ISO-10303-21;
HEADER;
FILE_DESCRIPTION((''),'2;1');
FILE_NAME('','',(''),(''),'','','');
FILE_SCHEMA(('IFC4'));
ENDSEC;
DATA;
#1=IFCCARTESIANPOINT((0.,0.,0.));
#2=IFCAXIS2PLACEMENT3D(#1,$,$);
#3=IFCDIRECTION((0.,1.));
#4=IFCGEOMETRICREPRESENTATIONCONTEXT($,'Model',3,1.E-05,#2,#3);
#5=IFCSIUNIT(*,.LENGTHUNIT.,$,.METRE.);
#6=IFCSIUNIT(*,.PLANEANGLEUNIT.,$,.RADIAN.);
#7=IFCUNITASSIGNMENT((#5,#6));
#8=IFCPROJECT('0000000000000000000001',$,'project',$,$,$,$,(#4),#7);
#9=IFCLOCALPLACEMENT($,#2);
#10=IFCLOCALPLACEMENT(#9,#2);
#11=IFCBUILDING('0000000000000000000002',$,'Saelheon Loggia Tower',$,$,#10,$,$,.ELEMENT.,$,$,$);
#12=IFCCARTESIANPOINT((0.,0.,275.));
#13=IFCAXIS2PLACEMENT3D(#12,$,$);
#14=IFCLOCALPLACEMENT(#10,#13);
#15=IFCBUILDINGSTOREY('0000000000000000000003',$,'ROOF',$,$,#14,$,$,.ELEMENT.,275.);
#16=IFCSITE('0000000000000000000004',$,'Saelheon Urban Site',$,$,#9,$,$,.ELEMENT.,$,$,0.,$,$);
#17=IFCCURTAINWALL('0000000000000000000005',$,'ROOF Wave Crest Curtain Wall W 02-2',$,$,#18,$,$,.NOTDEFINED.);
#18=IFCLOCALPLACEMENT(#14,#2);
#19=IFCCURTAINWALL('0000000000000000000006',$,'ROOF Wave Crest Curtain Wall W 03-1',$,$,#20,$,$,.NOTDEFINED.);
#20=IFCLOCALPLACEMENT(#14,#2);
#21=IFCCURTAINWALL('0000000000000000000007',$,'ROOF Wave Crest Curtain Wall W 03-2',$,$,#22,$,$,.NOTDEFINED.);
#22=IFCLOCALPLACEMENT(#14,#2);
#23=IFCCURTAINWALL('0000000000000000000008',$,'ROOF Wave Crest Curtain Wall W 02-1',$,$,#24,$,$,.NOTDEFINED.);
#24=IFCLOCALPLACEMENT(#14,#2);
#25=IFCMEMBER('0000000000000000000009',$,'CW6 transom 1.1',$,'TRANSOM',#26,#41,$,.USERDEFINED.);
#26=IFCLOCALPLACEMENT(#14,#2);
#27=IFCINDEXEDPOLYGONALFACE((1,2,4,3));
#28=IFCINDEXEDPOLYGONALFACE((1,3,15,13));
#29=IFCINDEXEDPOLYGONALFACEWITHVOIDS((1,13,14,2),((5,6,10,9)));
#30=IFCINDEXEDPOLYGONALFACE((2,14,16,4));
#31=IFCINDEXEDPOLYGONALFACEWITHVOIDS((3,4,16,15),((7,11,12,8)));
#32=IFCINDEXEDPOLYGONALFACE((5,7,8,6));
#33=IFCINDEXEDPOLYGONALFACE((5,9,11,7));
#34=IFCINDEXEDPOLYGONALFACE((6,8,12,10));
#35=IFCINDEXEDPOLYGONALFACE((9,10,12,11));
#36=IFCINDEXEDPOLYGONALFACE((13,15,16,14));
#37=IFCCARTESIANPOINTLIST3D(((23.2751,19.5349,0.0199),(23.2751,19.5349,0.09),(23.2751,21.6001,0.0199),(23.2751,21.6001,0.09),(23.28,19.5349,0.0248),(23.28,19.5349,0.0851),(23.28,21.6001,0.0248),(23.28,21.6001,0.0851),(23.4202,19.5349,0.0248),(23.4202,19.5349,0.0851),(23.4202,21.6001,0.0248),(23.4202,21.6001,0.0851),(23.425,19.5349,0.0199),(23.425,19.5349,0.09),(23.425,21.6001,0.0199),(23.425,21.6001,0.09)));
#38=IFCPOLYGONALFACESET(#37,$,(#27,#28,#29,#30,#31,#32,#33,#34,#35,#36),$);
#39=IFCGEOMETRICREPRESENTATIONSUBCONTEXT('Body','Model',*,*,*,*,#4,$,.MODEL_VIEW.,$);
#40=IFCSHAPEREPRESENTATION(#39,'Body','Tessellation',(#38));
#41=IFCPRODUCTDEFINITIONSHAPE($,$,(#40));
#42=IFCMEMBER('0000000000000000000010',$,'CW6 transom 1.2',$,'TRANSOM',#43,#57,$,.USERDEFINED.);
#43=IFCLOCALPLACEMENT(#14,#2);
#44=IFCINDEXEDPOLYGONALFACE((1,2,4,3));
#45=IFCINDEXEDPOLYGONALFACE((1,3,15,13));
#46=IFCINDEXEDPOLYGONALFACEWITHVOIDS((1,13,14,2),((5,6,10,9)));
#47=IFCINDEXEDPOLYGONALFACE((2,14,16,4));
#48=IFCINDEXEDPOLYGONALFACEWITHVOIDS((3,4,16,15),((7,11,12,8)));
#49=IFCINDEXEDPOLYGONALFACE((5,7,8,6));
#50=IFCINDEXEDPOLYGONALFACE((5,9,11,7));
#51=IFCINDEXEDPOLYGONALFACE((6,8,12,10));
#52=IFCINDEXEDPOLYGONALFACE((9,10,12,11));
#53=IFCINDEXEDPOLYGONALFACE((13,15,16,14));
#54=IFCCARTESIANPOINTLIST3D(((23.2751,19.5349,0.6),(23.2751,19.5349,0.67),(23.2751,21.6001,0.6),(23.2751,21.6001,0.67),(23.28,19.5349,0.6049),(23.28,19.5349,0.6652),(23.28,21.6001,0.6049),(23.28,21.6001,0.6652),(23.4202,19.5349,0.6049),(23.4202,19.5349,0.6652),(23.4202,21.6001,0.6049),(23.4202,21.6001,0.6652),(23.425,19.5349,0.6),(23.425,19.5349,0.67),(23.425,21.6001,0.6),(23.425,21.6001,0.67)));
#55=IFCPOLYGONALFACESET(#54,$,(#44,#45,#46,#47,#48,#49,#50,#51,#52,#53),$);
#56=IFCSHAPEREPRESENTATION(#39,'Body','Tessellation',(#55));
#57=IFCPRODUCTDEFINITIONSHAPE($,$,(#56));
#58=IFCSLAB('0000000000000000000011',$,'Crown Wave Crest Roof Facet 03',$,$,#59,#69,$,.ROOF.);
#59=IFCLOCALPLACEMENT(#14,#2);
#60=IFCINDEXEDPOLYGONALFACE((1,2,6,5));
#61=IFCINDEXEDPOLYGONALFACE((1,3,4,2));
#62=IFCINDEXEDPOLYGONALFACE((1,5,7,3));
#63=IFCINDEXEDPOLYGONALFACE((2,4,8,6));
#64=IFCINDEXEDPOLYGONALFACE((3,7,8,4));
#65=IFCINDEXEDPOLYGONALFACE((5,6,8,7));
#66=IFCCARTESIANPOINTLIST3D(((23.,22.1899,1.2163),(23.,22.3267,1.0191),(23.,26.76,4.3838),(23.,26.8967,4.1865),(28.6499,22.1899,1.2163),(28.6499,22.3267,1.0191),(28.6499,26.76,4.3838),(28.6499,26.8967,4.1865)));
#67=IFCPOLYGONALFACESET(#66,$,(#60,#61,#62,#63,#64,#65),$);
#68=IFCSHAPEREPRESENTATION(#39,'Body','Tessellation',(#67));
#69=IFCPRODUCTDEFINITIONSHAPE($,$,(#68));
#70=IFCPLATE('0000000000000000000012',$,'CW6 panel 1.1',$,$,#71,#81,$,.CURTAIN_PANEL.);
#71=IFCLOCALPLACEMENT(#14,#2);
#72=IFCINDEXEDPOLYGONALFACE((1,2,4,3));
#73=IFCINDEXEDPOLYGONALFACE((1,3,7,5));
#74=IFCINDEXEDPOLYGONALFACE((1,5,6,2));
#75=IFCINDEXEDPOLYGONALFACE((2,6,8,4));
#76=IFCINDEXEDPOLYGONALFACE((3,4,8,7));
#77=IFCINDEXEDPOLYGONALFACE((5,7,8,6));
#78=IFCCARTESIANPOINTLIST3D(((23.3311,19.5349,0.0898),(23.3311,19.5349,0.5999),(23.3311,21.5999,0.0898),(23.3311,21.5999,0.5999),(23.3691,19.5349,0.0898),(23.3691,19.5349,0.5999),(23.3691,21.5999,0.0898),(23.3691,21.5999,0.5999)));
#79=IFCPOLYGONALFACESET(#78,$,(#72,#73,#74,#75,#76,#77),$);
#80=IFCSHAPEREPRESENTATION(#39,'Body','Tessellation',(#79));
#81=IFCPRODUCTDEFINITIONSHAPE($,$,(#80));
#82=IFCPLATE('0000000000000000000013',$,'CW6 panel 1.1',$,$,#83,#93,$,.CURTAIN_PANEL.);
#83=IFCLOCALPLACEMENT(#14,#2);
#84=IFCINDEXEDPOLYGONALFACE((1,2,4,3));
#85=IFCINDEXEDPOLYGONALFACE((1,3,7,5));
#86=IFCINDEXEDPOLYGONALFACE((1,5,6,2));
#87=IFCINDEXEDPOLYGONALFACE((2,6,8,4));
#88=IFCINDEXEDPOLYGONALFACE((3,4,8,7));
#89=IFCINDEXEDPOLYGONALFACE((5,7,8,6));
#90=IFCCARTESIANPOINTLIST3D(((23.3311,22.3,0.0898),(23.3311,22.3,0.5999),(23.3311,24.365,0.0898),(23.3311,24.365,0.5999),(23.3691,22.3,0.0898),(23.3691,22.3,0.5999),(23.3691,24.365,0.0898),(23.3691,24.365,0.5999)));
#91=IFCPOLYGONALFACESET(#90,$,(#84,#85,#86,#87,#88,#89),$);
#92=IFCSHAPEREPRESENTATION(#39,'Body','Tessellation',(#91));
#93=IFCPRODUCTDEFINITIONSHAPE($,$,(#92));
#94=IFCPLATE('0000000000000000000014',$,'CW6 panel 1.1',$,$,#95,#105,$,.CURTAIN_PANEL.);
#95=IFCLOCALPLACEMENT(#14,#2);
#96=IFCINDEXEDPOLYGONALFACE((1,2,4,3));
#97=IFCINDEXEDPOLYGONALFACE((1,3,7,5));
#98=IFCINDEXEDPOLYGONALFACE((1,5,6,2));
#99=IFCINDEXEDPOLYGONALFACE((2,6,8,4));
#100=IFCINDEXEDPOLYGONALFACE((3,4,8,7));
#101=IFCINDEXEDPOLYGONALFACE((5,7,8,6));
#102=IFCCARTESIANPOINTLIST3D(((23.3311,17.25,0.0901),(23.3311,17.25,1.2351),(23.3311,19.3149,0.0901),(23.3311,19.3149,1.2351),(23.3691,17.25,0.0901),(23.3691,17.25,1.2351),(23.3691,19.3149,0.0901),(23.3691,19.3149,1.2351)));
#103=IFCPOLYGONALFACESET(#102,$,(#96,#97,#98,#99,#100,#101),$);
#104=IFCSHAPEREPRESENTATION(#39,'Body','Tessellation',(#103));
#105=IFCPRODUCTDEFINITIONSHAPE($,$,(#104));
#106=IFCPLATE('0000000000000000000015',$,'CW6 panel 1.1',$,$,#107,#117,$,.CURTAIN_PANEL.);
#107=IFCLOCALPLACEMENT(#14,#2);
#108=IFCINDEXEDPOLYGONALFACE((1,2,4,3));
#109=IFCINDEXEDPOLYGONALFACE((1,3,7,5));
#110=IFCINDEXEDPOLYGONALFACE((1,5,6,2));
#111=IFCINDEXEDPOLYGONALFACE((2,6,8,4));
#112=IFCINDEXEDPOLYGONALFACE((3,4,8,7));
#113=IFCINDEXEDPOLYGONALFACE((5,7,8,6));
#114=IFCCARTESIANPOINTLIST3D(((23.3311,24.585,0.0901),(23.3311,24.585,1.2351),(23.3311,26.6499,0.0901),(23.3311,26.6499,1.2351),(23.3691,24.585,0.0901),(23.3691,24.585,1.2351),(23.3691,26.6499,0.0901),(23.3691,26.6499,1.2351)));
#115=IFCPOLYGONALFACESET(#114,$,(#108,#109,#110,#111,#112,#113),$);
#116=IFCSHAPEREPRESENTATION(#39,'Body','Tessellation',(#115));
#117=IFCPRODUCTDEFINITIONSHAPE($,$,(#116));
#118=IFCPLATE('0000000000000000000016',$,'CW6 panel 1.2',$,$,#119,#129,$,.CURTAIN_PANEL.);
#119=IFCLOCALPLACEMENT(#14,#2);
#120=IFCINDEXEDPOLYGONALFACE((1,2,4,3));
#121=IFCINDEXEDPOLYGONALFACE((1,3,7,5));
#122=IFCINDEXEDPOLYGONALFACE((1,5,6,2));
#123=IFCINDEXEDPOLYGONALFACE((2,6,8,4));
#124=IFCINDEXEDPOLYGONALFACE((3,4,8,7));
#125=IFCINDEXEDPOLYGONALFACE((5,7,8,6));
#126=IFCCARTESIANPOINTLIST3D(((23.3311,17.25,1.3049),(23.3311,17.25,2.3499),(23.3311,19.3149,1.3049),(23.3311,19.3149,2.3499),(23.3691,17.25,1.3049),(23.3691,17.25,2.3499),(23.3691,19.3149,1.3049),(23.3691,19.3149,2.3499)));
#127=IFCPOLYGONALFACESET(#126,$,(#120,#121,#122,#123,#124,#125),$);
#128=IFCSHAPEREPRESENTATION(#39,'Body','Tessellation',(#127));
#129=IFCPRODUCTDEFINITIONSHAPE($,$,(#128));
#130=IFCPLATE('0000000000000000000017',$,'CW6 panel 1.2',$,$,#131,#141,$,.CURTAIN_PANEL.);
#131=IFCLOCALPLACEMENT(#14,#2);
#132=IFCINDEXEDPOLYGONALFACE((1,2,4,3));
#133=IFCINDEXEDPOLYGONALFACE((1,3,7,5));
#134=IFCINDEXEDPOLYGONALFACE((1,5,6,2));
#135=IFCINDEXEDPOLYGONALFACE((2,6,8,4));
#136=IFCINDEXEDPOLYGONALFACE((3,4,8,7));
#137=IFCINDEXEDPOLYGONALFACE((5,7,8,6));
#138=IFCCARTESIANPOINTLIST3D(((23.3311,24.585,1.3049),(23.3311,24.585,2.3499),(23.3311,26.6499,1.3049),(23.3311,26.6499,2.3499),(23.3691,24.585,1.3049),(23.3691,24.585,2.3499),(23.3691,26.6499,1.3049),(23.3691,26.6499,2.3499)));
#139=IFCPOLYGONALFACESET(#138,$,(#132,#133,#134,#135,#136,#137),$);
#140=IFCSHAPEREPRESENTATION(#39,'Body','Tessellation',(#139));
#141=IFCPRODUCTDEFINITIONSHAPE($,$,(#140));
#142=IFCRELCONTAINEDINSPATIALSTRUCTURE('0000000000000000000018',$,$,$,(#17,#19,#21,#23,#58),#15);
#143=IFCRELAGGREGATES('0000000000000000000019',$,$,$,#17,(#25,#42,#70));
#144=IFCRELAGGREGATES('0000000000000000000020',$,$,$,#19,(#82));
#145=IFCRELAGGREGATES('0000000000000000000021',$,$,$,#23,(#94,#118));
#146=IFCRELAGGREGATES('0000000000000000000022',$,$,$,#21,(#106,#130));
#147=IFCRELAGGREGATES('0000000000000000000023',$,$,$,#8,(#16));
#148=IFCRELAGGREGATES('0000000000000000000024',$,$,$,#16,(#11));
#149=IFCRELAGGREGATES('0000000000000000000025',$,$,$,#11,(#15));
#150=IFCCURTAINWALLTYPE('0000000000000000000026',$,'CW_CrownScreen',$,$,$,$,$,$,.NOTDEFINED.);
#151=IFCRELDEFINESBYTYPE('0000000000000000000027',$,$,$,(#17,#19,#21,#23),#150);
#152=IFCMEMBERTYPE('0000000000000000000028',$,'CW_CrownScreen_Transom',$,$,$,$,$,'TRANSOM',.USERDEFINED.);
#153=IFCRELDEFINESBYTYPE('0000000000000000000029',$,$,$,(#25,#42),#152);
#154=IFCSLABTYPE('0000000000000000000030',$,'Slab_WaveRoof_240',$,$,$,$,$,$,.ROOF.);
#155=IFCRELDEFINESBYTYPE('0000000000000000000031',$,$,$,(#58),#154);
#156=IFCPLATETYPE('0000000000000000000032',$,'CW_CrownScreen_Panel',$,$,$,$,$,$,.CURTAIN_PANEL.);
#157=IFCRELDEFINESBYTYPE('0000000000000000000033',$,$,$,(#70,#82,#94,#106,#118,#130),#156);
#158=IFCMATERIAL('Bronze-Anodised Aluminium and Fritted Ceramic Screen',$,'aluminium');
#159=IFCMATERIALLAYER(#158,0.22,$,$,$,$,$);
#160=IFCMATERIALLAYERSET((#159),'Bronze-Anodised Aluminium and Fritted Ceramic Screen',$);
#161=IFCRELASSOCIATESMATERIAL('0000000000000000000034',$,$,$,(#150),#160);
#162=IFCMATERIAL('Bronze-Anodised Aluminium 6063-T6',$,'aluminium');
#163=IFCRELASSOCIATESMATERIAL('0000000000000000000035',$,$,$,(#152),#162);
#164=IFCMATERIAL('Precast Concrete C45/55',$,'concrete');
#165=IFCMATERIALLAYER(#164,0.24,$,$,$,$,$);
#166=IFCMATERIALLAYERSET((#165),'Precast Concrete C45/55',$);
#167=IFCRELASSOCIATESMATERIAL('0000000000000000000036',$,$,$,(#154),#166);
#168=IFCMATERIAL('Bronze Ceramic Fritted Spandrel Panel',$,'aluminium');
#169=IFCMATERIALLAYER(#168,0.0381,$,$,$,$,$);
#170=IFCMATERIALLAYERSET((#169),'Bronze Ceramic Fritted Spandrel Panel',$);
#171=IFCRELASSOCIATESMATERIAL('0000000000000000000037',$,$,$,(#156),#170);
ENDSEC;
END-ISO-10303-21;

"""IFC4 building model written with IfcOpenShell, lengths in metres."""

from ifc_helpers import new_model, si_unit, direction, frame, origin, origin_2d, place, context, subcontext, project, spatial, polyline, rectangle, hollow_rectangle, outline, extrude, source, transform, mapped, material, layer, layer_set, material_profile, profile_set, type_object, element, aggregate, save


model = new_model("IFC4")

# Units and contexts
model_context = context("Model", 3, precision=1e-05, world=origin(), true_north=direction((0.0, 1.0)))
body_context = subcontext(model_context, "Body", "Model", "MODEL_VIEW")
ifc_project = project(units=[si_unit("LENGTHUNIT", "METRE"), si_unit("PLANEANGLEUNIT", "RADIAN")], contexts=[model_context])

# Site, building, storey
site_placement = place(None, origin())
site = spatial("IfcSite", under=ifc_project, at=site_placement, Name="Saelheon Urban Site", CompositionType="ELEMENT", RefElevation=0.0)
building_placement = place(site_placement, origin())
building = spatial("IfcBuilding", under=site, at=building_placement, Name="Saelheon Loggia Tower", CompositionType="ELEMENT")
storey_placement = place(building_placement, frame((0.0, 0.0, 275.0)))
storey = spatial("IfcBuildingStorey", under=building, at=storey_placement, Name="ROOF", CompositionType="ELEMENT", Elevation=275.0)

# Curtain walls
ifc_material_1 = material(Name="Bronze-Anodised Aluminium and Fritted Ceramic Screen", Category="aluminium")
ifc_layer_1 = layer(ifc_material_1, 0.22)
ifc_layer_set_1 = layer_set([ifc_layer_1], Name="Bronze-Anodised Aluminium and Fritted Ceramic Screen")
curtain_wall_type = type_object("IfcCurtainWallType", Name="CW_CrownScreen", PredefinedType="NOTDEFINED", material=ifc_layer_set_1)
curtain_wall_1_placement = place(storey_placement, origin())
curtain_wall_1 = element("IfcCurtainWall", 1, at=curtain_wall_1_placement, inside=storey, type_object=curtain_wall_type, Name="ROOF Wave Crest Curtain Wall W 02-2", PredefinedType="NOTDEFINED")
ifc_material_2 = material(Name="Bronze-Anodised Aluminium 6063-T6", Category="aluminium")
curtain_wall_2_placement = place(storey_placement, origin())
curtain_wall_2 = element("IfcCurtainWall", 2, at=curtain_wall_2_placement, inside=storey, type_object=curtain_wall_type, Name="ROOF Wave Crest Curtain Wall W 03-1", PredefinedType="NOTDEFINED")
ifc_material_profile_1 = material_profile(ifc_material_2, hollow_rectangle(XDim=0.0701, YDim=0.1499, WallThickness=0.0049, at=origin_2d()), Name="RHS-150x70x5")
ifc_profile_set_1 = profile_set([ifc_material_profile_1], Name="Bronze-Anodised Aluminium 6063-T6")
member_type_1 = type_object("IfcMemberType", Name="CW_CrownScreen_Transom", ElementType="TRANSOM", PredefinedType="USERDEFINED", material=ifc_profile_set_1)
curtain_wall_3_placement = place(storey_placement, origin())
curtain_wall_3 = element("IfcCurtainWall", 3, at=curtain_wall_3_placement, inside=storey, type_object=curtain_wall_type, Name="ROOF Wave Crest Curtain Wall W 03-2", PredefinedType="NOTDEFINED")

# Curtain wall
curtain_wall_4_placement = place(storey_placement, origin())
curtain_wall_4 = element("IfcCurtainWall", 4, at=curtain_wall_4_placement, inside=storey, type_object=curtain_wall_type, Name="ROOF Wave Crest Curtain Wall W 02-1", PredefinedType="NOTDEFINED")

# Members
shared_shape_1 = source(origin(), body_context, "Body", "SweptSolid", [
    extrude(hollow_rectangle(XDim=0.0701, YDim=0.1499, WallThickness=0.0049, at=origin_2d()), origin(), (0.0, 0.0, 1.0), 2.0652),
])
member_1_placement = place(storey_placement, frame((23.3501, 19.5349, 0.0549), z_axis=(0.0, 1.0, 0.0), x_axis=(0.0, 0.0, 1.0)))
member_1 = element("IfcMember", 5, at=member_1_placement, type_object=member_type_1, Name="CW6 transom 1.1", ObjectType="TRANSOM", PredefinedType="USERDEFINED", context=body_context, shape_type="MappedRepresentation", body=[
    mapped(shared_shape_1, transform((0.0, 0.0, 0.0), scale=1.0)),
])
member_2_placement = place(storey_placement, frame((23.3501, 19.5349, 0.635), z_axis=(0.0, 1.0, 0.0), x_axis=(0.0, 0.0, 1.0)))
member_2 = element("IfcMember", 6, at=member_2_placement, type_object=member_type_1, Name="CW6 transom 1.2", ObjectType="TRANSOM", PredefinedType="USERDEFINED", context=body_context, shape_type="MappedRepresentation", body=[
    mapped(shared_shape_1, transform((0.0, 0.0, 0.0), scale=1.0)),
])

# Slab
ifc_material_3 = material(Name="Precast Concrete C45/55", Category="concrete")
ifc_layer_2 = layer(ifc_material_3, 0.24)
ifc_layer_set_2 = layer_set([ifc_layer_2], Name="Precast Concrete C45/55")
slab_type = type_object("IfcSlabType", Name="Slab_WaveRoof_240", PredefinedType="ROOF", material=ifc_layer_set_2)
slab_placement = place(storey_placement, frame((23.0, 22.1899, 1.2163), z_axis=(0.0, -0.569646, 0.82189), x_axis=(1.0, 0.0, 0.0)))
element("IfcSlab", 7, at=slab_placement, inside=storey, type_object=slab_type, Name="Crown Wave Crest Roof Facet 03", PredefinedType="ROOF", context=body_context, shape_type="SweptSolid", body=[
    extrude(outline(polyline([(0.0, 0.0), (5.6499, 0.0), (5.6499, 5.5604), (0.0, 5.5604), (0.0, 0.0)])), origin(), (0.0, 0.0, -1.0), 0.24),
])

# Plates
ifc_material_4 = material(Name="Bronze Ceramic Fritted Spandrel Panel", Category="aluminium")
ifc_layer_3 = layer(ifc_material_4, 0.0381)
ifc_layer_set_3 = layer_set([ifc_layer_3], Name="Bronze Ceramic Fritted Spandrel Panel")
plate_type = type_object("IfcPlateType", Name="CW_CrownScreen_Panel", PredefinedType="CURTAIN_PANEL", material=ifc_layer_set_3)
shared_shape_2 = source(origin(), body_context, "Body", "SweptSolid", [
    extrude(rectangle(XDim=2.0649, YDim=0.0381, at=origin_2d()), origin(), (0.0, 0.0, 1.0), 0.51),
])
plate_1_placement = place(storey_placement, frame((23.3501, 20.5674, 0.0898), z_axis=(0.0, 0.0, 1.0), x_axis=(0.0, 1.0, 0.0)))
plate_1 = element("IfcPlate", 8, at=plate_1_placement, type_object=plate_type, Name="CW6 panel 1.1", PredefinedType="CURTAIN_PANEL", context=body_context, shape_type="MappedRepresentation", body=[
    mapped(shared_shape_2, transform((0.0, 0.0, 0.0), scale=1.0)),
])
aggregate(curtain_wall_1, [member_1, member_2, plate_1])
plate_2_placement = place(storey_placement, frame((23.3501, 23.3325, 0.0898), z_axis=(0.0, 0.0, 1.0), x_axis=(0.0, 1.0, 0.0)))
plate_2 = element("IfcPlate", 9, at=plate_2_placement, type_object=plate_type, Name="CW6 panel 1.1", PredefinedType="CURTAIN_PANEL", context=body_context, shape_type="MappedRepresentation", body=[
    mapped(shared_shape_2, transform((0.0, 0.0, 0.0), scale=1.0)),
])
aggregate(curtain_wall_2, [plate_2])
shared_shape_3 = source(origin(), body_context, "Body", "SweptSolid", [
    extrude(rectangle(XDim=2.0649, YDim=0.0381, at=origin_2d()), origin(), (0.0, 0.0, 1.0), 1.145),
])
plate_3_placement = place(storey_placement, frame((23.3501, 18.2825, 0.0901), z_axis=(0.0, 0.0, 1.0), x_axis=(0.0, 1.0, 0.0)))
plate_3 = element("IfcPlate", 10, at=plate_3_placement, type_object=plate_type, Name="CW6 panel 1.1", PredefinedType="CURTAIN_PANEL", context=body_context, shape_type="MappedRepresentation", body=[
    mapped(shared_shape_3, transform((0.0, 0.0, 0.0), scale=1.0)),
])
plate_4_placement = place(storey_placement, frame((23.3501, 25.6174, 0.0901), z_axis=(0.0, 0.0, 1.0), x_axis=(0.0, 1.0, 0.0)))
plate_4 = element("IfcPlate", 11, at=plate_4_placement, type_object=plate_type, Name="CW6 panel 1.1", PredefinedType="CURTAIN_PANEL", context=body_context, shape_type="MappedRepresentation", body=[
    mapped(shared_shape_3, transform((0.0, 0.0, 0.0), scale=1.0)),
])
shared_shape_4 = source(origin(), body_context, "Body", "SweptSolid", [
    extrude(rectangle(XDim=2.0649, YDim=0.0381, at=origin_2d()), origin(), (0.0, 0.0, 1.0), 1.0449),
])
plate_5_placement = place(storey_placement, frame((23.3501, 18.2825, 1.3049), z_axis=(0.0, 0.0, 1.0), x_axis=(0.0, 1.0, 0.0)))
plate_5 = element("IfcPlate", 12, at=plate_5_placement, type_object=plate_type, Name="CW6 panel 1.2", PredefinedType="CURTAIN_PANEL", context=body_context, shape_type="MappedRepresentation", body=[
    mapped(shared_shape_4, transform((0.0, 0.0, 0.0), scale=1.0)),
])
aggregate(curtain_wall_4, [plate_3, plate_5])
plate_6_placement = place(storey_placement, frame((23.3501, 25.6174, 1.3049), z_axis=(0.0, 0.0, 1.0), x_axis=(0.0, 1.0, 0.0)))
plate_6 = element("IfcPlate", 13, at=plate_6_placement, type_object=plate_type, Name="CW6 panel 1.2", PredefinedType="CURTAIN_PANEL", context=body_context, shape_type="MappedRepresentation", body=[
    mapped(shared_shape_4, transform((0.0, 0.0, 0.0), scale=1.0)),
])
aggregate(curtain_wall_3, [plate_4, plate_6])

save(model, "model.ifc")
